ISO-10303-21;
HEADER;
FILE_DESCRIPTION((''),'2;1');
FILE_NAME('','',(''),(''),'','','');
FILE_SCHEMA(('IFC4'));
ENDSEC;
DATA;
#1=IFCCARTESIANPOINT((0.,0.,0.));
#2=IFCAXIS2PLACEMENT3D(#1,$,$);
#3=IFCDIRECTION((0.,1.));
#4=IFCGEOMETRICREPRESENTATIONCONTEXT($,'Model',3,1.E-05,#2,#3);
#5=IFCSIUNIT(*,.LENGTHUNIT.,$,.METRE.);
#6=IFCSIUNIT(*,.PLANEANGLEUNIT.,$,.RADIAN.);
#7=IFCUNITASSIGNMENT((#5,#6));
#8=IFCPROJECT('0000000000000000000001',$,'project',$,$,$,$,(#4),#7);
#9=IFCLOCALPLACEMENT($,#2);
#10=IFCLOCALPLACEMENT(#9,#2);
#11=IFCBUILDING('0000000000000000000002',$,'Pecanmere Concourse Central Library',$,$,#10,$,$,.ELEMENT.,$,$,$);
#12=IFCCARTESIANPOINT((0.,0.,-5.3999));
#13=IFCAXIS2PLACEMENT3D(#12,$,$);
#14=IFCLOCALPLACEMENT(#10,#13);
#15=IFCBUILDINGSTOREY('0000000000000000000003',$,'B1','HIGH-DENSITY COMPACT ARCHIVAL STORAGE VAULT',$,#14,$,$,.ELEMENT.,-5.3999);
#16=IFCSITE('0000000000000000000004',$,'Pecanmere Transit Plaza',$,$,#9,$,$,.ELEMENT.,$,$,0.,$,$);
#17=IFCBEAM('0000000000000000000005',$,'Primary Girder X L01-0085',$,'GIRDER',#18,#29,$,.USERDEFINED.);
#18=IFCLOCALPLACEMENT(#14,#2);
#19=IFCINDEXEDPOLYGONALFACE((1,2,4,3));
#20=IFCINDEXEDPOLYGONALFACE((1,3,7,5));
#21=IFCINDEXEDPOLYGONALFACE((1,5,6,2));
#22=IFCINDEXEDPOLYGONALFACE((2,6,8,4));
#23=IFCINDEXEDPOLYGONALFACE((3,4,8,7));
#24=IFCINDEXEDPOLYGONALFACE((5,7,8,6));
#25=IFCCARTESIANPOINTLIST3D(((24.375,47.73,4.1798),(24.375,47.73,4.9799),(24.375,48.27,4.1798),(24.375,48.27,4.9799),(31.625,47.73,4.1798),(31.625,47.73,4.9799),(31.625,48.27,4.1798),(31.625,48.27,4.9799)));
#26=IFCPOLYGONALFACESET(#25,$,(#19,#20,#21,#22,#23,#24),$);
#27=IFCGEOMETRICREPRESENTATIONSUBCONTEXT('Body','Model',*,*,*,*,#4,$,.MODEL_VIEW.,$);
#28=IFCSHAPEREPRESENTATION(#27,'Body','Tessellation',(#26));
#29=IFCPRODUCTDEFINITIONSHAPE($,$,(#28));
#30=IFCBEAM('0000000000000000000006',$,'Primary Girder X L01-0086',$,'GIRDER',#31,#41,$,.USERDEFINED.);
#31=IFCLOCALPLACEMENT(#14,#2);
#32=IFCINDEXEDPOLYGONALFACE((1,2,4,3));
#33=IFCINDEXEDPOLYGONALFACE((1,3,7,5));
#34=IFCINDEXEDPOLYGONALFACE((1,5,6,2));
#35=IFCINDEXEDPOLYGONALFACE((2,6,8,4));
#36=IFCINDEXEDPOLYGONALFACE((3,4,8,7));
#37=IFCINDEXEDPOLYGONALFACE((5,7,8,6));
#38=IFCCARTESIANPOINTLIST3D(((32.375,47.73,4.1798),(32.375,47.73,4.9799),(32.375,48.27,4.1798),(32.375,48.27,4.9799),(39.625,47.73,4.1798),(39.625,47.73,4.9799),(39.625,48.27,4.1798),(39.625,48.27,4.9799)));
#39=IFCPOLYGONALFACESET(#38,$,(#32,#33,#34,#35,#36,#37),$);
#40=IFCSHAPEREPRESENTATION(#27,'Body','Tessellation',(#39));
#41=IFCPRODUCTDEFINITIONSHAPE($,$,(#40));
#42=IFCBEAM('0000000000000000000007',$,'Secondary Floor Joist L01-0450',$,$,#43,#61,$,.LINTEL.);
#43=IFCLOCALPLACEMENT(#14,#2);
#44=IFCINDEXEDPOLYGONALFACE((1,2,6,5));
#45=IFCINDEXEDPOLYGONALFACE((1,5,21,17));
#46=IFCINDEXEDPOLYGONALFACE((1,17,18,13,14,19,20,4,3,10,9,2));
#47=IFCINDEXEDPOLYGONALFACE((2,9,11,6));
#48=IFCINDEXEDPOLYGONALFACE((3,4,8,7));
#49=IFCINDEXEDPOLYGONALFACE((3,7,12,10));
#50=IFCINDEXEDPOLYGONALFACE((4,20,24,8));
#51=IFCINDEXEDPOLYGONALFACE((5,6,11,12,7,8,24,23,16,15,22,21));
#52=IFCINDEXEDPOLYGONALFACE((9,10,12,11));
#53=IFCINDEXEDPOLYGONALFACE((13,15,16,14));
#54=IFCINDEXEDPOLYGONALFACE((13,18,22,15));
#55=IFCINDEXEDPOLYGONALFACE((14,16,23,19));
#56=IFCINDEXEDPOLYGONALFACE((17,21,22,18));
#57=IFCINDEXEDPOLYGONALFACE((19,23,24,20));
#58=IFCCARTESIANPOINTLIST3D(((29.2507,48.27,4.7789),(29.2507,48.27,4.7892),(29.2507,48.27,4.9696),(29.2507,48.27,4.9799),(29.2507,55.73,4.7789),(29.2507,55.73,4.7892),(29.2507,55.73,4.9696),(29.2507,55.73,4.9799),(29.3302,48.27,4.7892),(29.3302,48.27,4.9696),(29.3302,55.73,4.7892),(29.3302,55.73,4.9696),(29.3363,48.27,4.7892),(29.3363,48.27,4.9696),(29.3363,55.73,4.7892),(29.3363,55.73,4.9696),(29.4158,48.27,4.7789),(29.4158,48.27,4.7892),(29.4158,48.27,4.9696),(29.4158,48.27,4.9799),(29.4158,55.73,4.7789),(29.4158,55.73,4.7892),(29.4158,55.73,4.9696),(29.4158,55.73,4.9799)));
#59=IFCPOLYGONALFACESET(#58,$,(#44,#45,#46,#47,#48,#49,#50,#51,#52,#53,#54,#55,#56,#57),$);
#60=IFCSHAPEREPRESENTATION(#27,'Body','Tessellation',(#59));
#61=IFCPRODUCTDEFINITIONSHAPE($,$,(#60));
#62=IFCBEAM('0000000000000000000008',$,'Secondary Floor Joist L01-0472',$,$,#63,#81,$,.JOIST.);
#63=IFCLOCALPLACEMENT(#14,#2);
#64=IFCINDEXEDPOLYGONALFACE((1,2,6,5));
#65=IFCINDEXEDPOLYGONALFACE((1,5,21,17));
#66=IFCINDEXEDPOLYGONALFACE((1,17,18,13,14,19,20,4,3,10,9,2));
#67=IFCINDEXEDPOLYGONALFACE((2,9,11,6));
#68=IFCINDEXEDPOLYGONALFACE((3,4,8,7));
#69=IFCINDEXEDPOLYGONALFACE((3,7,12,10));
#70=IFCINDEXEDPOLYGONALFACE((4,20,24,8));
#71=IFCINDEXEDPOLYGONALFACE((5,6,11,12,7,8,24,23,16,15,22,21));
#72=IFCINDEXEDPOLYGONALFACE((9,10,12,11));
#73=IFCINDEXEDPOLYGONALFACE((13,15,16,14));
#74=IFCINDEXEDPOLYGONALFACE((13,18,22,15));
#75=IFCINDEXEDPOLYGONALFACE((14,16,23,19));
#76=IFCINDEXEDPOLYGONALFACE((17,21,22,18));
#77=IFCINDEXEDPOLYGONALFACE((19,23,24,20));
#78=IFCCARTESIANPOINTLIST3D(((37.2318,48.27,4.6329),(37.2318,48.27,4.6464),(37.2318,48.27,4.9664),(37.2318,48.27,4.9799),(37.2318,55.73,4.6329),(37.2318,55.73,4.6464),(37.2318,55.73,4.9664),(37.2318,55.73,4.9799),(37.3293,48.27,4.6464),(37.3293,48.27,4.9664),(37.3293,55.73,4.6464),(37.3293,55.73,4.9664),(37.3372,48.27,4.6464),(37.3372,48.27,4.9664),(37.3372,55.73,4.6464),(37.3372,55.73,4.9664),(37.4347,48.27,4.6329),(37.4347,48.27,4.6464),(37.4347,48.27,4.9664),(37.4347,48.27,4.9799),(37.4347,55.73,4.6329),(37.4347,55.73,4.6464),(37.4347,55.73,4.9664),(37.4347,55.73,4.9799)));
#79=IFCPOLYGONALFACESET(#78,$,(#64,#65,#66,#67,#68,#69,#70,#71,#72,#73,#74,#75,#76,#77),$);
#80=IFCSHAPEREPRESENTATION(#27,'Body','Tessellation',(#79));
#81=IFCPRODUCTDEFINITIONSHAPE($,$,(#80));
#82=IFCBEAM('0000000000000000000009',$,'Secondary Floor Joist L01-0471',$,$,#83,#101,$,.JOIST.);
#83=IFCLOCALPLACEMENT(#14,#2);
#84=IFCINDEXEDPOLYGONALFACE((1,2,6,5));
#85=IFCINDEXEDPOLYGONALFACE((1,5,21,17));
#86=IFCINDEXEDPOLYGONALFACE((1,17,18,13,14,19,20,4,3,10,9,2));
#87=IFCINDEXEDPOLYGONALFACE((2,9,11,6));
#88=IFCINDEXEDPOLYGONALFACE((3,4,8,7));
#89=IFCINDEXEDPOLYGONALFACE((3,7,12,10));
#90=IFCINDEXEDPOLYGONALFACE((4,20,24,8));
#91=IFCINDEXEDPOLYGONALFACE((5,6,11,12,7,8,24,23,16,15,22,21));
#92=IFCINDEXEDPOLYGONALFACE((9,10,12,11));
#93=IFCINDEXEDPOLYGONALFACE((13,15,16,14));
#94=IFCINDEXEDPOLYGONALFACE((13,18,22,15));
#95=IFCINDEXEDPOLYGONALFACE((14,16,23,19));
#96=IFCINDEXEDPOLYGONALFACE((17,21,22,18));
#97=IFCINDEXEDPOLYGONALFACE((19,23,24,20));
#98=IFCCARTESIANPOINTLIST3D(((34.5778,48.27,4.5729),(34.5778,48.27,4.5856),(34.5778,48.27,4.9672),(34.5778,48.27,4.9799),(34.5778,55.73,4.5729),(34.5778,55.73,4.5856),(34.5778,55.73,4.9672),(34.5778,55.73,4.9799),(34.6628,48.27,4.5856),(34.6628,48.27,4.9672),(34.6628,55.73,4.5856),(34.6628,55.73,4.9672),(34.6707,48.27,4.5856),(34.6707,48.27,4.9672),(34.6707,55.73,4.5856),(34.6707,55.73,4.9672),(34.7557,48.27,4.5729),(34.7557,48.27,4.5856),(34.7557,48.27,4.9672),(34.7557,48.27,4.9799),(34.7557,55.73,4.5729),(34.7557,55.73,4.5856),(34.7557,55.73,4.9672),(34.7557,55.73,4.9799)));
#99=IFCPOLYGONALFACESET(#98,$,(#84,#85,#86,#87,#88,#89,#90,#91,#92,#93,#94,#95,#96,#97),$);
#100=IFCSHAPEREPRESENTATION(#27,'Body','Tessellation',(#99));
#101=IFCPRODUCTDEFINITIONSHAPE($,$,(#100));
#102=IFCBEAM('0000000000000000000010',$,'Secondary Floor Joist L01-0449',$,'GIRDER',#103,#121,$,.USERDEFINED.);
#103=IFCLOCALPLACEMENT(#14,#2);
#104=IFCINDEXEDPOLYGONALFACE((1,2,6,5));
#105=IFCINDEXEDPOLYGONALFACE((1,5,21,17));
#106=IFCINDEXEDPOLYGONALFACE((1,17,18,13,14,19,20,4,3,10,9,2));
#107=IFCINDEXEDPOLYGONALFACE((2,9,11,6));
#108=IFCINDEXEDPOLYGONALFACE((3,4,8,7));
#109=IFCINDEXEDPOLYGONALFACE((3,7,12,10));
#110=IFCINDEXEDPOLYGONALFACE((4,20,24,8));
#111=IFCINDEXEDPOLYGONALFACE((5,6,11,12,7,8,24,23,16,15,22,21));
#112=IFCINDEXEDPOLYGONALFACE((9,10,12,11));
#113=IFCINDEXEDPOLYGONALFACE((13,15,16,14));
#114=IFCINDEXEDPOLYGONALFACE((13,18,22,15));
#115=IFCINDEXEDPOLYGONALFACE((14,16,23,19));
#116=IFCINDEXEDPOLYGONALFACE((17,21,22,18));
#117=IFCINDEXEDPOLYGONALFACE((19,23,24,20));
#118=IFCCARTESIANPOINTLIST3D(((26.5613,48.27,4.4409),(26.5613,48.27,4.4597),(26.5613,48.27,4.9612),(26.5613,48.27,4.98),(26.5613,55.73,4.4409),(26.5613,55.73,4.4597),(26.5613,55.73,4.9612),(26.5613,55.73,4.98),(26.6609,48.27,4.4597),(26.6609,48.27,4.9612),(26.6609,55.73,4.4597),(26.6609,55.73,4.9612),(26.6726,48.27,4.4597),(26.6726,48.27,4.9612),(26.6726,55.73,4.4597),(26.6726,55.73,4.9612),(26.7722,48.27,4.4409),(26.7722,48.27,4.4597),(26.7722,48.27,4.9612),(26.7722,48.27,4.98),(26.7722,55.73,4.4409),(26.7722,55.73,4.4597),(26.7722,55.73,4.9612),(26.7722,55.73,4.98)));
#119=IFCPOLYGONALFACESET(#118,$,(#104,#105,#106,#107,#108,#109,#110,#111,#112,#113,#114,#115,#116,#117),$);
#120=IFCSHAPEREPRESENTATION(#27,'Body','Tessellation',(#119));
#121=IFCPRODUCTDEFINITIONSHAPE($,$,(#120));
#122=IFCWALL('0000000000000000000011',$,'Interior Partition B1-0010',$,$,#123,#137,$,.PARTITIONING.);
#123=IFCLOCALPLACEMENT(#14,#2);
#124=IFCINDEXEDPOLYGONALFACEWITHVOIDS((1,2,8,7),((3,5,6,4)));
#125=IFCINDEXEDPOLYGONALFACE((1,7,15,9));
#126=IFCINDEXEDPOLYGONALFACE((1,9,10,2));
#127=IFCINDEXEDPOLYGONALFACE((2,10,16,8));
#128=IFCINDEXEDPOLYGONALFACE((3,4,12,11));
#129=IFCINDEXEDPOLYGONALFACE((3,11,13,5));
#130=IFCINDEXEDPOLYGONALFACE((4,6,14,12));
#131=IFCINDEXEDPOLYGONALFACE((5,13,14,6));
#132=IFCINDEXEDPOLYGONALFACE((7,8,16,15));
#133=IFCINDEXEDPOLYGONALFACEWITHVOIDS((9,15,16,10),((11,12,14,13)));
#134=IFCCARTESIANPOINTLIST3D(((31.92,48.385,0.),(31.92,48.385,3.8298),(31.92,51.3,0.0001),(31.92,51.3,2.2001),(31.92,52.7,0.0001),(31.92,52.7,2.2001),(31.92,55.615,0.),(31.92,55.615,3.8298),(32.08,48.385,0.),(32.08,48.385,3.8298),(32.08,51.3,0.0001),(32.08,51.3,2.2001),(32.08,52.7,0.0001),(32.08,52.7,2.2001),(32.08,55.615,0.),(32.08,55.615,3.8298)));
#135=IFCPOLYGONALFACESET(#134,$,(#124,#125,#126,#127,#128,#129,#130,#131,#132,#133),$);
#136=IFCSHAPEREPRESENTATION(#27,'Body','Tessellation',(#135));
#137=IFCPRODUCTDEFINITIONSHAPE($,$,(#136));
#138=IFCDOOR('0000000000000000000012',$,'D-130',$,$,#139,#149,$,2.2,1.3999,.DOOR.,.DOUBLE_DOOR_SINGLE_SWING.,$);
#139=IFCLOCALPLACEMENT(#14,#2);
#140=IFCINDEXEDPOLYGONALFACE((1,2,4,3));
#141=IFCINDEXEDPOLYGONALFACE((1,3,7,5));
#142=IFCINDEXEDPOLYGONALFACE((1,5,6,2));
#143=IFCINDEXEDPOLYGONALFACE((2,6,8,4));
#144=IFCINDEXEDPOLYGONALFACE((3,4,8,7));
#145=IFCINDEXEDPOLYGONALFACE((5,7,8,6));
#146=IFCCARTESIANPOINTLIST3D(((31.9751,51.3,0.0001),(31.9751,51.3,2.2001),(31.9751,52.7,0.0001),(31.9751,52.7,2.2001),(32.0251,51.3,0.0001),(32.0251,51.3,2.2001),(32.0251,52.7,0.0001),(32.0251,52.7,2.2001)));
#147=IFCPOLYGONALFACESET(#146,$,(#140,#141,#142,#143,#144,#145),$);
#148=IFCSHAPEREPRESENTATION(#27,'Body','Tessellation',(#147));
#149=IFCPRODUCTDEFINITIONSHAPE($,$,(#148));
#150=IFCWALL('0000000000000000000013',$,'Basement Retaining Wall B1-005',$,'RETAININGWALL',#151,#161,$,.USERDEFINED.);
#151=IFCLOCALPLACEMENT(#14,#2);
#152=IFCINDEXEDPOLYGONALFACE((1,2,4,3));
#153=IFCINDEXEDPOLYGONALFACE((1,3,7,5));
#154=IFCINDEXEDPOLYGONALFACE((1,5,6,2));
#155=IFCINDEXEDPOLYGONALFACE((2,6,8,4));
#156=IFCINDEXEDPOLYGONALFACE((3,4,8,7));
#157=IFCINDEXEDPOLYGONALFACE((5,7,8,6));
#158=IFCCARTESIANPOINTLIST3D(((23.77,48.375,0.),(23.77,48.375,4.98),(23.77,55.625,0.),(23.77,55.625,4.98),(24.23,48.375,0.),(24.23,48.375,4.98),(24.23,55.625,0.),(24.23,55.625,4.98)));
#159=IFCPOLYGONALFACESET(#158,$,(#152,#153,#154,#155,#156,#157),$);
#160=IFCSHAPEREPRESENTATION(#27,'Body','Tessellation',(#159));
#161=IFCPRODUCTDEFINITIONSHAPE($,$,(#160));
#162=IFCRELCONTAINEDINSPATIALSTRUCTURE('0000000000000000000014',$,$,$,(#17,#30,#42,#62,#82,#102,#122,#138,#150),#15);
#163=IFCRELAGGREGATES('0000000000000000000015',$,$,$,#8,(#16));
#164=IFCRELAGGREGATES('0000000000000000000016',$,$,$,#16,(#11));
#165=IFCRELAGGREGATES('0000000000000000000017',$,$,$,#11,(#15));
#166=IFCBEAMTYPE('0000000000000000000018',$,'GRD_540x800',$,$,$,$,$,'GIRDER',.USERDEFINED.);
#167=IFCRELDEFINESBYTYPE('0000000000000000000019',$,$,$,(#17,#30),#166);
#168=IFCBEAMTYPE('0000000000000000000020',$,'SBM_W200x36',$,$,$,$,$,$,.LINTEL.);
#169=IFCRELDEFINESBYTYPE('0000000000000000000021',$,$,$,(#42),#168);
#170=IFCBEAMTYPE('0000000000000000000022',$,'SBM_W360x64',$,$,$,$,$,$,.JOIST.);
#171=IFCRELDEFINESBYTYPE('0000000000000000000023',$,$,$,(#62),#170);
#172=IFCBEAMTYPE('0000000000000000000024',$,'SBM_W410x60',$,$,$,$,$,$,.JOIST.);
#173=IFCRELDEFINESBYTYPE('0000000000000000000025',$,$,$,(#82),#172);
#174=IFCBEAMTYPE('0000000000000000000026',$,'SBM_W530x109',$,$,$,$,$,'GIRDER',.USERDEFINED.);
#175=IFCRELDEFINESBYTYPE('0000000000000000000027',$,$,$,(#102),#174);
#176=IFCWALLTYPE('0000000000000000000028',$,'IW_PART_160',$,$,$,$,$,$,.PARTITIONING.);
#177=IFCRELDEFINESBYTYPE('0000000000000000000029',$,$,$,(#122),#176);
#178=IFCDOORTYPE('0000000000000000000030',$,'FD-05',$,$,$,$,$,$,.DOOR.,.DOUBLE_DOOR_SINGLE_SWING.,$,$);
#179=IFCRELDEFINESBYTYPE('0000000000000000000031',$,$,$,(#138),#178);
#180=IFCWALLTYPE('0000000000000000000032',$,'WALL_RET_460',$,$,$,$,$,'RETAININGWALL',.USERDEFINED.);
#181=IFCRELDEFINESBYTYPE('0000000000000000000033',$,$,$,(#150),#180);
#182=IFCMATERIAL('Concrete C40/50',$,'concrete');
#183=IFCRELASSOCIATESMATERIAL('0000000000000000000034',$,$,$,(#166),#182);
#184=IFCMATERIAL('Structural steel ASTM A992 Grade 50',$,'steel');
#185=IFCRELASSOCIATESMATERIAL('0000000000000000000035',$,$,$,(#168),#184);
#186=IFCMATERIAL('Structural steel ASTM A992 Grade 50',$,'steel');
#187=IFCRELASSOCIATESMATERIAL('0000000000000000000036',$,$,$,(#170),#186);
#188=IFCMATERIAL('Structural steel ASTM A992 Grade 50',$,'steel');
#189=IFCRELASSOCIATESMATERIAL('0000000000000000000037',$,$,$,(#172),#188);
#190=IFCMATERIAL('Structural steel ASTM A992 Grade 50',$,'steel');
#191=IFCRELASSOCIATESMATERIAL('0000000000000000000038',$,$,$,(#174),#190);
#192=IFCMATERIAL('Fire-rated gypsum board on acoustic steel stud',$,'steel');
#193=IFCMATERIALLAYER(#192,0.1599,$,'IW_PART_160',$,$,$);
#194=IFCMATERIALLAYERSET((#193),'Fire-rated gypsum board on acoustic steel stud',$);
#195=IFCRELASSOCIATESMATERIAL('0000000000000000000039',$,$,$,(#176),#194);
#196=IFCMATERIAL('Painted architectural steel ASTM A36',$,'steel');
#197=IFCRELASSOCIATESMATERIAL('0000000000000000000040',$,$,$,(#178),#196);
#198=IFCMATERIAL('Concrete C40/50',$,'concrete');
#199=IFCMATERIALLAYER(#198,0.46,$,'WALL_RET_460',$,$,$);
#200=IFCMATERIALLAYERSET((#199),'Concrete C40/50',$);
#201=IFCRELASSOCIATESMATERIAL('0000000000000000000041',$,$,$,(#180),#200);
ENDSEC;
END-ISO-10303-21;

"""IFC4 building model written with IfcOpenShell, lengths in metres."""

from ifc_helpers import new_model, si_unit, direction, frame, frame_2d, origin, origin_2d, place, context, subcontext, project, spatial, rectangle, i_section, extrude, material, layer, layer_set, material_profile, profile_set, type_object, element, fill, save


model = new_model("IFC4")

# Units and contexts
model_context = context("Model", 3, precision=1e-05, world=origin(), true_north=direction((0.0, 1.0)))
body_context = subcontext(model_context, "Body", "Model", "MODEL_VIEW")
ifc_project = project(units=[si_unit("LENGTHUNIT", "METRE"), si_unit("PLANEANGLEUNIT", "RADIAN")], contexts=[model_context])

# Site, building, storey
site_placement = place(None, origin())
site = spatial("IfcSite", under=ifc_project, at=site_placement, Name="Pecanmere Transit Plaza", CompositionType="ELEMENT", RefElevation=0.0)
building_placement = place(site_placement, origin())
building = spatial("IfcBuilding", under=site, at=building_placement, Name="Pecanmere Concourse Central Library", CompositionType="ELEMENT")
storey_placement = place(building_placement, frame((0.0, 0.0, -5.3999)))
storey = spatial("IfcBuildingStorey", under=building, at=storey_placement, Name="B1", Description="HIGH-DENSITY COMPACT ARCHIVAL STORAGE VAULT", CompositionType="ELEMENT", Elevation=-5.3999)

# Beams
ifc_material_1 = material(Name="Concrete C40/50", Category="concrete")
ifc_material_profile_1 = material_profile(ifc_material_1, rectangle(XDim=0.54, YDim=0.8, at=origin_2d()), Name="RC 540x800")
ifc_profile_set_1 = profile_set([ifc_material_profile_1], Name="Concrete C40/50")
beam_type_1 = type_object("IfcBeamType", Name="GRD_540x800", ElementType="GIRDER", PredefinedType="USERDEFINED", material=ifc_profile_set_1)
for number, where, z_axis, x_axis, name in (
    (1, (24.375, 48.0, 4.5798), (1.0, 0.0, 0.0), (0.0, 1.0, 0.0), "Primary Girder X L01-0085"),
    (2, (32.375, 48.0, 4.5798), (1.0, 0.0, 0.0), (0.0, 1.0, 0.0), "Primary Girder X L01-0086"),
):
    element("IfcBeam", number, at=place(storey_placement, frame(where, z_axis=z_axis, x_axis=x_axis)), inside=storey, type_object=beam_type_1, Name=name, ObjectType="GIRDER", PredefinedType="USERDEFINED", context=body_context, shape_type="SweptSolid", body=[
        extrude(rectangle(XDim=0.54, YDim=0.8, at=origin_2d()), origin(), (0.0, 0.0, 1.0), 7.25),
    ])
ifc_material_2 = material(Name="Structural steel ASTM A992 Grade 50", Category="steel")
ifc_material_profile_2 = material_profile(ifc_material_2, i_section(OverallWidth=0.165, OverallDepth=0.2009, WebThickness=0.0061, FlangeThickness=0.0103, at=origin_2d()), Name="W200x35.9")
ifc_profile_set_2 = profile_set([ifc_material_profile_2], Name="Structural steel ASTM A992 Grade 50")
beam_type_2 = type_object("IfcBeamType", Name="SBM_W200x36", PredefinedType="LINTEL", material=ifc_profile_set_2)
beam_1_placement = place(storey_placement, frame((29.3333, 48.27, 4.8794), z_axis=(0.0, 1.0, 0.0), x_axis=(-1.0, 0.0, 0.0)))
element("IfcBeam", 3, at=beam_1_placement, inside=storey, type_object=beam_type_2, Name="Secondary Floor Joist L01-0450", PredefinedType="LINTEL", context=body_context, shape_type="SweptSolid", body=[
    extrude(i_section(OverallWidth=0.165, OverallDepth=0.2009, WebThickness=0.0061, FlangeThickness=0.0103, at=origin_2d()), origin(), (0.0, 0.0, 1.0), 7.46),
])
ifc_material_3 = material(Name="Structural steel ASTM A992 Grade 50", Category="steel")
ifc_material_profile_3 = material_profile(ifc_material_3, i_section(OverallWidth=0.2029, OverallDepth=0.3469, WebThickness=0.0078, FlangeThickness=0.0134, at=origin_2d()), Name="W360x64")
ifc_profile_set_3 = profile_set([ifc_material_profile_3], Name="Structural steel ASTM A992 Grade 50")
beam_type_3 = type_object("IfcBeamType", Name="SBM_W360x64", PredefinedType="JOIST", material=ifc_profile_set_3)
beam_2_placement = place(storey_placement, frame((37.3333, 48.27, 4.8064), z_axis=(0.0, 1.0, 0.0), x_axis=(-1.0, 0.0, 0.0)))
element("IfcBeam", 4, at=beam_2_placement, inside=storey, type_object=beam_type_3, Name="Secondary Floor Joist L01-0472", PredefinedType="JOIST", context=body_context, shape_type="SweptSolid", body=[
    extrude(i_section(OverallWidth=0.2029, OverallDepth=0.3469, WebThickness=0.0078, FlangeThickness=0.0134, at=origin_2d()), origin(), (0.0, 0.0, 1.0), 7.46),
])
ifc_material_4 = material(Name="Structural steel ASTM A992 Grade 50", Category="steel")
ifc_material_profile_4 = material_profile(ifc_material_4, i_section(OverallWidth=0.178, OverallDepth=0.407, WebThickness=0.0078, FlangeThickness=0.0127, at=origin_2d()), Name="W410x60")
ifc_profile_set_4 = profile_set([ifc_material_profile_4], Name="Structural steel ASTM A992 Grade 50")
beam_type_4 = type_object("IfcBeamType", Name="SBM_W410x60", PredefinedType="JOIST", material=ifc_profile_set_4)
beam_3_placement = place(storey_placement, frame((34.6667, 48.27, 4.7764), z_axis=(0.0, 1.0, 0.0), x_axis=(-1.0, 0.0, 0.0)))
element("IfcBeam", 5, at=beam_3_placement, inside=storey, type_object=beam_type_4, Name="Secondary Floor Joist L01-0471", PredefinedType="JOIST", context=body_context, shape_type="SweptSolid", body=[
    extrude(i_section(OverallWidth=0.178, OverallDepth=0.407, WebThickness=0.0078, FlangeThickness=0.0127, at=origin_2d()), origin(), (0.0, 0.0, 1.0), 7.46),
])
ifc_material_5 = material(Name="Structural steel ASTM A992 Grade 50", Category="steel")
ifc_material_profile_5 = material_profile(ifc_material_5, i_section(OverallWidth=0.2109, OverallDepth=0.5391, WebThickness=0.0117, FlangeThickness=0.0188, at=origin_2d()), Name="W530x109")
ifc_profile_set_5 = profile_set([ifc_material_profile_5], Name="Structural steel ASTM A992 Grade 50")
beam_type_5 = type_object("IfcBeamType", Name="SBM_W530x109", ElementType="GIRDER", PredefinedType="USERDEFINED", material=ifc_profile_set_5)
beam_4_placement = place(storey_placement, frame((26.6667, 48.27, 4.7104), z_axis=(0.0, 1.0, 0.0), x_axis=(-1.0, 0.0, 0.0)))
element("IfcBeam", 6, at=beam_4_placement, inside=storey, type_object=beam_type_5, Name="Secondary Floor Joist L01-0449", ObjectType="GIRDER", PredefinedType="USERDEFINED", context=body_context, shape_type="SweptSolid", body=[
    extrude(i_section(OverallWidth=0.2109, OverallDepth=0.5391, WebThickness=0.0117, FlangeThickness=0.0188, at=origin_2d()), origin(), (0.0, 0.0, 1.0), 7.46),
])

# Wall, opening, door
ifc_material_6 = material(Name="Fire-rated gypsum board on acoustic steel stud", Category="steel")
ifc_layer_1 = layer(ifc_material_6, 0.1599, Name="IW_PART_160")
ifc_layer_set_1 = layer_set([ifc_layer_1], Name="Fire-rated gypsum board on acoustic steel stud")
wall_type_1 = type_object("IfcWallType", Name="IW_PART_160", PredefinedType="PARTITIONING", material=ifc_layer_set_1)
wall_1_placement = place(storey_placement, frame((32.0, 48.385, 0.0), z_axis=(0.0, 0.0, 1.0), x_axis=(0.0, 1.0, 0.0)))
wall_1 = element("IfcWall", 7, at=wall_1_placement, inside=storey, type_object=wall_type_1, Name="Interior Partition B1-0010", PredefinedType="PARTITIONING", context=body_context, shape_type="SweptSolid", body=[
    extrude(rectangle(XDim=7.23, YDim=0.1599, at=frame_2d((3.615, 0.0))), origin(), (0.0, 0.0, 1.0), 3.8298),
])
opening_placement = place(wall_1_placement, frame((2.915, 0.0, 0.0)))
opening = element("IfcOpeningElement", 8, at=opening_placement, cuts=wall_1, PredefinedType="OPENING", context=body_context, shape_type="SweptSolid", body=[
    extrude(rectangle(XDim=1.3999, YDim=2.2, at=frame_2d((0.7, 1.1001))), frame((0.0, 0.0918, 0.0), z_axis=(0.0, -1.0, 0.0), x_axis=(1.0, 0.0, 0.0)), (0.0, 0.0, 1.0), 0.1838),
])
ifc_material_7 = material(Name="Painted architectural steel ASTM A36", Category="steel")
door_type = type_object("IfcDoorType", Name="FD-05", OperationType="DOUBLE_DOOR_SINGLE_SWING", PredefinedType="DOOR", material=ifc_material_7)
door_placement = place(opening_placement, origin())
door = element("IfcDoor", 9, at=door_placement, inside=storey, type_object=door_type, Name="D-130", OperationType="DOUBLE_DOOR_SINGLE_SWING", OverallHeight=2.2, OverallWidth=1.3999, PredefinedType="DOOR", context=body_context, shape_type="SweptSolid", body=[
    extrude(rectangle(XDim=1.3999, YDim=2.2, at=frame_2d((0.7, 1.1001))), frame((0.0, 0.0249, 0.0), z_axis=(0.0, -1.0, 0.0), x_axis=(1.0, 0.0, 0.0)), (0.0, 0.0, 1.0), 0.05),
])
fill(opening, door)

# Wall
ifc_material_8 = material(Name="Concrete C40/50", Category="concrete")
ifc_layer_2 = layer(ifc_material_8, 0.46, Name="WALL_RET_460")
ifc_layer_set_2 = layer_set([ifc_layer_2], Name="Concrete C40/50")
wall_type_2 = type_object("IfcWallType", Name="WALL_RET_460", ElementType="RETAININGWALL", PredefinedType="USERDEFINED", material=ifc_layer_set_2)
wall_2_placement = place(storey_placement, frame((24.0, 48.375, 0.0), z_axis=(0.0, 0.0, 1.0), x_axis=(0.0, 1.0, 0.0)))
element("IfcWall", 10, at=wall_2_placement, inside=storey, type_object=wall_type_2, Name="Basement Retaining Wall B1-005", ObjectType="RETAININGWALL", PredefinedType="USERDEFINED", context=body_context, shape_type="SweptSolid", body=[
    extrude(rectangle(XDim=7.25, YDim=0.46, at=frame_2d((3.625, 0.0))), origin(), (0.0, 0.0, 1.0), 4.98),
])

save(model, "model.ifc")
